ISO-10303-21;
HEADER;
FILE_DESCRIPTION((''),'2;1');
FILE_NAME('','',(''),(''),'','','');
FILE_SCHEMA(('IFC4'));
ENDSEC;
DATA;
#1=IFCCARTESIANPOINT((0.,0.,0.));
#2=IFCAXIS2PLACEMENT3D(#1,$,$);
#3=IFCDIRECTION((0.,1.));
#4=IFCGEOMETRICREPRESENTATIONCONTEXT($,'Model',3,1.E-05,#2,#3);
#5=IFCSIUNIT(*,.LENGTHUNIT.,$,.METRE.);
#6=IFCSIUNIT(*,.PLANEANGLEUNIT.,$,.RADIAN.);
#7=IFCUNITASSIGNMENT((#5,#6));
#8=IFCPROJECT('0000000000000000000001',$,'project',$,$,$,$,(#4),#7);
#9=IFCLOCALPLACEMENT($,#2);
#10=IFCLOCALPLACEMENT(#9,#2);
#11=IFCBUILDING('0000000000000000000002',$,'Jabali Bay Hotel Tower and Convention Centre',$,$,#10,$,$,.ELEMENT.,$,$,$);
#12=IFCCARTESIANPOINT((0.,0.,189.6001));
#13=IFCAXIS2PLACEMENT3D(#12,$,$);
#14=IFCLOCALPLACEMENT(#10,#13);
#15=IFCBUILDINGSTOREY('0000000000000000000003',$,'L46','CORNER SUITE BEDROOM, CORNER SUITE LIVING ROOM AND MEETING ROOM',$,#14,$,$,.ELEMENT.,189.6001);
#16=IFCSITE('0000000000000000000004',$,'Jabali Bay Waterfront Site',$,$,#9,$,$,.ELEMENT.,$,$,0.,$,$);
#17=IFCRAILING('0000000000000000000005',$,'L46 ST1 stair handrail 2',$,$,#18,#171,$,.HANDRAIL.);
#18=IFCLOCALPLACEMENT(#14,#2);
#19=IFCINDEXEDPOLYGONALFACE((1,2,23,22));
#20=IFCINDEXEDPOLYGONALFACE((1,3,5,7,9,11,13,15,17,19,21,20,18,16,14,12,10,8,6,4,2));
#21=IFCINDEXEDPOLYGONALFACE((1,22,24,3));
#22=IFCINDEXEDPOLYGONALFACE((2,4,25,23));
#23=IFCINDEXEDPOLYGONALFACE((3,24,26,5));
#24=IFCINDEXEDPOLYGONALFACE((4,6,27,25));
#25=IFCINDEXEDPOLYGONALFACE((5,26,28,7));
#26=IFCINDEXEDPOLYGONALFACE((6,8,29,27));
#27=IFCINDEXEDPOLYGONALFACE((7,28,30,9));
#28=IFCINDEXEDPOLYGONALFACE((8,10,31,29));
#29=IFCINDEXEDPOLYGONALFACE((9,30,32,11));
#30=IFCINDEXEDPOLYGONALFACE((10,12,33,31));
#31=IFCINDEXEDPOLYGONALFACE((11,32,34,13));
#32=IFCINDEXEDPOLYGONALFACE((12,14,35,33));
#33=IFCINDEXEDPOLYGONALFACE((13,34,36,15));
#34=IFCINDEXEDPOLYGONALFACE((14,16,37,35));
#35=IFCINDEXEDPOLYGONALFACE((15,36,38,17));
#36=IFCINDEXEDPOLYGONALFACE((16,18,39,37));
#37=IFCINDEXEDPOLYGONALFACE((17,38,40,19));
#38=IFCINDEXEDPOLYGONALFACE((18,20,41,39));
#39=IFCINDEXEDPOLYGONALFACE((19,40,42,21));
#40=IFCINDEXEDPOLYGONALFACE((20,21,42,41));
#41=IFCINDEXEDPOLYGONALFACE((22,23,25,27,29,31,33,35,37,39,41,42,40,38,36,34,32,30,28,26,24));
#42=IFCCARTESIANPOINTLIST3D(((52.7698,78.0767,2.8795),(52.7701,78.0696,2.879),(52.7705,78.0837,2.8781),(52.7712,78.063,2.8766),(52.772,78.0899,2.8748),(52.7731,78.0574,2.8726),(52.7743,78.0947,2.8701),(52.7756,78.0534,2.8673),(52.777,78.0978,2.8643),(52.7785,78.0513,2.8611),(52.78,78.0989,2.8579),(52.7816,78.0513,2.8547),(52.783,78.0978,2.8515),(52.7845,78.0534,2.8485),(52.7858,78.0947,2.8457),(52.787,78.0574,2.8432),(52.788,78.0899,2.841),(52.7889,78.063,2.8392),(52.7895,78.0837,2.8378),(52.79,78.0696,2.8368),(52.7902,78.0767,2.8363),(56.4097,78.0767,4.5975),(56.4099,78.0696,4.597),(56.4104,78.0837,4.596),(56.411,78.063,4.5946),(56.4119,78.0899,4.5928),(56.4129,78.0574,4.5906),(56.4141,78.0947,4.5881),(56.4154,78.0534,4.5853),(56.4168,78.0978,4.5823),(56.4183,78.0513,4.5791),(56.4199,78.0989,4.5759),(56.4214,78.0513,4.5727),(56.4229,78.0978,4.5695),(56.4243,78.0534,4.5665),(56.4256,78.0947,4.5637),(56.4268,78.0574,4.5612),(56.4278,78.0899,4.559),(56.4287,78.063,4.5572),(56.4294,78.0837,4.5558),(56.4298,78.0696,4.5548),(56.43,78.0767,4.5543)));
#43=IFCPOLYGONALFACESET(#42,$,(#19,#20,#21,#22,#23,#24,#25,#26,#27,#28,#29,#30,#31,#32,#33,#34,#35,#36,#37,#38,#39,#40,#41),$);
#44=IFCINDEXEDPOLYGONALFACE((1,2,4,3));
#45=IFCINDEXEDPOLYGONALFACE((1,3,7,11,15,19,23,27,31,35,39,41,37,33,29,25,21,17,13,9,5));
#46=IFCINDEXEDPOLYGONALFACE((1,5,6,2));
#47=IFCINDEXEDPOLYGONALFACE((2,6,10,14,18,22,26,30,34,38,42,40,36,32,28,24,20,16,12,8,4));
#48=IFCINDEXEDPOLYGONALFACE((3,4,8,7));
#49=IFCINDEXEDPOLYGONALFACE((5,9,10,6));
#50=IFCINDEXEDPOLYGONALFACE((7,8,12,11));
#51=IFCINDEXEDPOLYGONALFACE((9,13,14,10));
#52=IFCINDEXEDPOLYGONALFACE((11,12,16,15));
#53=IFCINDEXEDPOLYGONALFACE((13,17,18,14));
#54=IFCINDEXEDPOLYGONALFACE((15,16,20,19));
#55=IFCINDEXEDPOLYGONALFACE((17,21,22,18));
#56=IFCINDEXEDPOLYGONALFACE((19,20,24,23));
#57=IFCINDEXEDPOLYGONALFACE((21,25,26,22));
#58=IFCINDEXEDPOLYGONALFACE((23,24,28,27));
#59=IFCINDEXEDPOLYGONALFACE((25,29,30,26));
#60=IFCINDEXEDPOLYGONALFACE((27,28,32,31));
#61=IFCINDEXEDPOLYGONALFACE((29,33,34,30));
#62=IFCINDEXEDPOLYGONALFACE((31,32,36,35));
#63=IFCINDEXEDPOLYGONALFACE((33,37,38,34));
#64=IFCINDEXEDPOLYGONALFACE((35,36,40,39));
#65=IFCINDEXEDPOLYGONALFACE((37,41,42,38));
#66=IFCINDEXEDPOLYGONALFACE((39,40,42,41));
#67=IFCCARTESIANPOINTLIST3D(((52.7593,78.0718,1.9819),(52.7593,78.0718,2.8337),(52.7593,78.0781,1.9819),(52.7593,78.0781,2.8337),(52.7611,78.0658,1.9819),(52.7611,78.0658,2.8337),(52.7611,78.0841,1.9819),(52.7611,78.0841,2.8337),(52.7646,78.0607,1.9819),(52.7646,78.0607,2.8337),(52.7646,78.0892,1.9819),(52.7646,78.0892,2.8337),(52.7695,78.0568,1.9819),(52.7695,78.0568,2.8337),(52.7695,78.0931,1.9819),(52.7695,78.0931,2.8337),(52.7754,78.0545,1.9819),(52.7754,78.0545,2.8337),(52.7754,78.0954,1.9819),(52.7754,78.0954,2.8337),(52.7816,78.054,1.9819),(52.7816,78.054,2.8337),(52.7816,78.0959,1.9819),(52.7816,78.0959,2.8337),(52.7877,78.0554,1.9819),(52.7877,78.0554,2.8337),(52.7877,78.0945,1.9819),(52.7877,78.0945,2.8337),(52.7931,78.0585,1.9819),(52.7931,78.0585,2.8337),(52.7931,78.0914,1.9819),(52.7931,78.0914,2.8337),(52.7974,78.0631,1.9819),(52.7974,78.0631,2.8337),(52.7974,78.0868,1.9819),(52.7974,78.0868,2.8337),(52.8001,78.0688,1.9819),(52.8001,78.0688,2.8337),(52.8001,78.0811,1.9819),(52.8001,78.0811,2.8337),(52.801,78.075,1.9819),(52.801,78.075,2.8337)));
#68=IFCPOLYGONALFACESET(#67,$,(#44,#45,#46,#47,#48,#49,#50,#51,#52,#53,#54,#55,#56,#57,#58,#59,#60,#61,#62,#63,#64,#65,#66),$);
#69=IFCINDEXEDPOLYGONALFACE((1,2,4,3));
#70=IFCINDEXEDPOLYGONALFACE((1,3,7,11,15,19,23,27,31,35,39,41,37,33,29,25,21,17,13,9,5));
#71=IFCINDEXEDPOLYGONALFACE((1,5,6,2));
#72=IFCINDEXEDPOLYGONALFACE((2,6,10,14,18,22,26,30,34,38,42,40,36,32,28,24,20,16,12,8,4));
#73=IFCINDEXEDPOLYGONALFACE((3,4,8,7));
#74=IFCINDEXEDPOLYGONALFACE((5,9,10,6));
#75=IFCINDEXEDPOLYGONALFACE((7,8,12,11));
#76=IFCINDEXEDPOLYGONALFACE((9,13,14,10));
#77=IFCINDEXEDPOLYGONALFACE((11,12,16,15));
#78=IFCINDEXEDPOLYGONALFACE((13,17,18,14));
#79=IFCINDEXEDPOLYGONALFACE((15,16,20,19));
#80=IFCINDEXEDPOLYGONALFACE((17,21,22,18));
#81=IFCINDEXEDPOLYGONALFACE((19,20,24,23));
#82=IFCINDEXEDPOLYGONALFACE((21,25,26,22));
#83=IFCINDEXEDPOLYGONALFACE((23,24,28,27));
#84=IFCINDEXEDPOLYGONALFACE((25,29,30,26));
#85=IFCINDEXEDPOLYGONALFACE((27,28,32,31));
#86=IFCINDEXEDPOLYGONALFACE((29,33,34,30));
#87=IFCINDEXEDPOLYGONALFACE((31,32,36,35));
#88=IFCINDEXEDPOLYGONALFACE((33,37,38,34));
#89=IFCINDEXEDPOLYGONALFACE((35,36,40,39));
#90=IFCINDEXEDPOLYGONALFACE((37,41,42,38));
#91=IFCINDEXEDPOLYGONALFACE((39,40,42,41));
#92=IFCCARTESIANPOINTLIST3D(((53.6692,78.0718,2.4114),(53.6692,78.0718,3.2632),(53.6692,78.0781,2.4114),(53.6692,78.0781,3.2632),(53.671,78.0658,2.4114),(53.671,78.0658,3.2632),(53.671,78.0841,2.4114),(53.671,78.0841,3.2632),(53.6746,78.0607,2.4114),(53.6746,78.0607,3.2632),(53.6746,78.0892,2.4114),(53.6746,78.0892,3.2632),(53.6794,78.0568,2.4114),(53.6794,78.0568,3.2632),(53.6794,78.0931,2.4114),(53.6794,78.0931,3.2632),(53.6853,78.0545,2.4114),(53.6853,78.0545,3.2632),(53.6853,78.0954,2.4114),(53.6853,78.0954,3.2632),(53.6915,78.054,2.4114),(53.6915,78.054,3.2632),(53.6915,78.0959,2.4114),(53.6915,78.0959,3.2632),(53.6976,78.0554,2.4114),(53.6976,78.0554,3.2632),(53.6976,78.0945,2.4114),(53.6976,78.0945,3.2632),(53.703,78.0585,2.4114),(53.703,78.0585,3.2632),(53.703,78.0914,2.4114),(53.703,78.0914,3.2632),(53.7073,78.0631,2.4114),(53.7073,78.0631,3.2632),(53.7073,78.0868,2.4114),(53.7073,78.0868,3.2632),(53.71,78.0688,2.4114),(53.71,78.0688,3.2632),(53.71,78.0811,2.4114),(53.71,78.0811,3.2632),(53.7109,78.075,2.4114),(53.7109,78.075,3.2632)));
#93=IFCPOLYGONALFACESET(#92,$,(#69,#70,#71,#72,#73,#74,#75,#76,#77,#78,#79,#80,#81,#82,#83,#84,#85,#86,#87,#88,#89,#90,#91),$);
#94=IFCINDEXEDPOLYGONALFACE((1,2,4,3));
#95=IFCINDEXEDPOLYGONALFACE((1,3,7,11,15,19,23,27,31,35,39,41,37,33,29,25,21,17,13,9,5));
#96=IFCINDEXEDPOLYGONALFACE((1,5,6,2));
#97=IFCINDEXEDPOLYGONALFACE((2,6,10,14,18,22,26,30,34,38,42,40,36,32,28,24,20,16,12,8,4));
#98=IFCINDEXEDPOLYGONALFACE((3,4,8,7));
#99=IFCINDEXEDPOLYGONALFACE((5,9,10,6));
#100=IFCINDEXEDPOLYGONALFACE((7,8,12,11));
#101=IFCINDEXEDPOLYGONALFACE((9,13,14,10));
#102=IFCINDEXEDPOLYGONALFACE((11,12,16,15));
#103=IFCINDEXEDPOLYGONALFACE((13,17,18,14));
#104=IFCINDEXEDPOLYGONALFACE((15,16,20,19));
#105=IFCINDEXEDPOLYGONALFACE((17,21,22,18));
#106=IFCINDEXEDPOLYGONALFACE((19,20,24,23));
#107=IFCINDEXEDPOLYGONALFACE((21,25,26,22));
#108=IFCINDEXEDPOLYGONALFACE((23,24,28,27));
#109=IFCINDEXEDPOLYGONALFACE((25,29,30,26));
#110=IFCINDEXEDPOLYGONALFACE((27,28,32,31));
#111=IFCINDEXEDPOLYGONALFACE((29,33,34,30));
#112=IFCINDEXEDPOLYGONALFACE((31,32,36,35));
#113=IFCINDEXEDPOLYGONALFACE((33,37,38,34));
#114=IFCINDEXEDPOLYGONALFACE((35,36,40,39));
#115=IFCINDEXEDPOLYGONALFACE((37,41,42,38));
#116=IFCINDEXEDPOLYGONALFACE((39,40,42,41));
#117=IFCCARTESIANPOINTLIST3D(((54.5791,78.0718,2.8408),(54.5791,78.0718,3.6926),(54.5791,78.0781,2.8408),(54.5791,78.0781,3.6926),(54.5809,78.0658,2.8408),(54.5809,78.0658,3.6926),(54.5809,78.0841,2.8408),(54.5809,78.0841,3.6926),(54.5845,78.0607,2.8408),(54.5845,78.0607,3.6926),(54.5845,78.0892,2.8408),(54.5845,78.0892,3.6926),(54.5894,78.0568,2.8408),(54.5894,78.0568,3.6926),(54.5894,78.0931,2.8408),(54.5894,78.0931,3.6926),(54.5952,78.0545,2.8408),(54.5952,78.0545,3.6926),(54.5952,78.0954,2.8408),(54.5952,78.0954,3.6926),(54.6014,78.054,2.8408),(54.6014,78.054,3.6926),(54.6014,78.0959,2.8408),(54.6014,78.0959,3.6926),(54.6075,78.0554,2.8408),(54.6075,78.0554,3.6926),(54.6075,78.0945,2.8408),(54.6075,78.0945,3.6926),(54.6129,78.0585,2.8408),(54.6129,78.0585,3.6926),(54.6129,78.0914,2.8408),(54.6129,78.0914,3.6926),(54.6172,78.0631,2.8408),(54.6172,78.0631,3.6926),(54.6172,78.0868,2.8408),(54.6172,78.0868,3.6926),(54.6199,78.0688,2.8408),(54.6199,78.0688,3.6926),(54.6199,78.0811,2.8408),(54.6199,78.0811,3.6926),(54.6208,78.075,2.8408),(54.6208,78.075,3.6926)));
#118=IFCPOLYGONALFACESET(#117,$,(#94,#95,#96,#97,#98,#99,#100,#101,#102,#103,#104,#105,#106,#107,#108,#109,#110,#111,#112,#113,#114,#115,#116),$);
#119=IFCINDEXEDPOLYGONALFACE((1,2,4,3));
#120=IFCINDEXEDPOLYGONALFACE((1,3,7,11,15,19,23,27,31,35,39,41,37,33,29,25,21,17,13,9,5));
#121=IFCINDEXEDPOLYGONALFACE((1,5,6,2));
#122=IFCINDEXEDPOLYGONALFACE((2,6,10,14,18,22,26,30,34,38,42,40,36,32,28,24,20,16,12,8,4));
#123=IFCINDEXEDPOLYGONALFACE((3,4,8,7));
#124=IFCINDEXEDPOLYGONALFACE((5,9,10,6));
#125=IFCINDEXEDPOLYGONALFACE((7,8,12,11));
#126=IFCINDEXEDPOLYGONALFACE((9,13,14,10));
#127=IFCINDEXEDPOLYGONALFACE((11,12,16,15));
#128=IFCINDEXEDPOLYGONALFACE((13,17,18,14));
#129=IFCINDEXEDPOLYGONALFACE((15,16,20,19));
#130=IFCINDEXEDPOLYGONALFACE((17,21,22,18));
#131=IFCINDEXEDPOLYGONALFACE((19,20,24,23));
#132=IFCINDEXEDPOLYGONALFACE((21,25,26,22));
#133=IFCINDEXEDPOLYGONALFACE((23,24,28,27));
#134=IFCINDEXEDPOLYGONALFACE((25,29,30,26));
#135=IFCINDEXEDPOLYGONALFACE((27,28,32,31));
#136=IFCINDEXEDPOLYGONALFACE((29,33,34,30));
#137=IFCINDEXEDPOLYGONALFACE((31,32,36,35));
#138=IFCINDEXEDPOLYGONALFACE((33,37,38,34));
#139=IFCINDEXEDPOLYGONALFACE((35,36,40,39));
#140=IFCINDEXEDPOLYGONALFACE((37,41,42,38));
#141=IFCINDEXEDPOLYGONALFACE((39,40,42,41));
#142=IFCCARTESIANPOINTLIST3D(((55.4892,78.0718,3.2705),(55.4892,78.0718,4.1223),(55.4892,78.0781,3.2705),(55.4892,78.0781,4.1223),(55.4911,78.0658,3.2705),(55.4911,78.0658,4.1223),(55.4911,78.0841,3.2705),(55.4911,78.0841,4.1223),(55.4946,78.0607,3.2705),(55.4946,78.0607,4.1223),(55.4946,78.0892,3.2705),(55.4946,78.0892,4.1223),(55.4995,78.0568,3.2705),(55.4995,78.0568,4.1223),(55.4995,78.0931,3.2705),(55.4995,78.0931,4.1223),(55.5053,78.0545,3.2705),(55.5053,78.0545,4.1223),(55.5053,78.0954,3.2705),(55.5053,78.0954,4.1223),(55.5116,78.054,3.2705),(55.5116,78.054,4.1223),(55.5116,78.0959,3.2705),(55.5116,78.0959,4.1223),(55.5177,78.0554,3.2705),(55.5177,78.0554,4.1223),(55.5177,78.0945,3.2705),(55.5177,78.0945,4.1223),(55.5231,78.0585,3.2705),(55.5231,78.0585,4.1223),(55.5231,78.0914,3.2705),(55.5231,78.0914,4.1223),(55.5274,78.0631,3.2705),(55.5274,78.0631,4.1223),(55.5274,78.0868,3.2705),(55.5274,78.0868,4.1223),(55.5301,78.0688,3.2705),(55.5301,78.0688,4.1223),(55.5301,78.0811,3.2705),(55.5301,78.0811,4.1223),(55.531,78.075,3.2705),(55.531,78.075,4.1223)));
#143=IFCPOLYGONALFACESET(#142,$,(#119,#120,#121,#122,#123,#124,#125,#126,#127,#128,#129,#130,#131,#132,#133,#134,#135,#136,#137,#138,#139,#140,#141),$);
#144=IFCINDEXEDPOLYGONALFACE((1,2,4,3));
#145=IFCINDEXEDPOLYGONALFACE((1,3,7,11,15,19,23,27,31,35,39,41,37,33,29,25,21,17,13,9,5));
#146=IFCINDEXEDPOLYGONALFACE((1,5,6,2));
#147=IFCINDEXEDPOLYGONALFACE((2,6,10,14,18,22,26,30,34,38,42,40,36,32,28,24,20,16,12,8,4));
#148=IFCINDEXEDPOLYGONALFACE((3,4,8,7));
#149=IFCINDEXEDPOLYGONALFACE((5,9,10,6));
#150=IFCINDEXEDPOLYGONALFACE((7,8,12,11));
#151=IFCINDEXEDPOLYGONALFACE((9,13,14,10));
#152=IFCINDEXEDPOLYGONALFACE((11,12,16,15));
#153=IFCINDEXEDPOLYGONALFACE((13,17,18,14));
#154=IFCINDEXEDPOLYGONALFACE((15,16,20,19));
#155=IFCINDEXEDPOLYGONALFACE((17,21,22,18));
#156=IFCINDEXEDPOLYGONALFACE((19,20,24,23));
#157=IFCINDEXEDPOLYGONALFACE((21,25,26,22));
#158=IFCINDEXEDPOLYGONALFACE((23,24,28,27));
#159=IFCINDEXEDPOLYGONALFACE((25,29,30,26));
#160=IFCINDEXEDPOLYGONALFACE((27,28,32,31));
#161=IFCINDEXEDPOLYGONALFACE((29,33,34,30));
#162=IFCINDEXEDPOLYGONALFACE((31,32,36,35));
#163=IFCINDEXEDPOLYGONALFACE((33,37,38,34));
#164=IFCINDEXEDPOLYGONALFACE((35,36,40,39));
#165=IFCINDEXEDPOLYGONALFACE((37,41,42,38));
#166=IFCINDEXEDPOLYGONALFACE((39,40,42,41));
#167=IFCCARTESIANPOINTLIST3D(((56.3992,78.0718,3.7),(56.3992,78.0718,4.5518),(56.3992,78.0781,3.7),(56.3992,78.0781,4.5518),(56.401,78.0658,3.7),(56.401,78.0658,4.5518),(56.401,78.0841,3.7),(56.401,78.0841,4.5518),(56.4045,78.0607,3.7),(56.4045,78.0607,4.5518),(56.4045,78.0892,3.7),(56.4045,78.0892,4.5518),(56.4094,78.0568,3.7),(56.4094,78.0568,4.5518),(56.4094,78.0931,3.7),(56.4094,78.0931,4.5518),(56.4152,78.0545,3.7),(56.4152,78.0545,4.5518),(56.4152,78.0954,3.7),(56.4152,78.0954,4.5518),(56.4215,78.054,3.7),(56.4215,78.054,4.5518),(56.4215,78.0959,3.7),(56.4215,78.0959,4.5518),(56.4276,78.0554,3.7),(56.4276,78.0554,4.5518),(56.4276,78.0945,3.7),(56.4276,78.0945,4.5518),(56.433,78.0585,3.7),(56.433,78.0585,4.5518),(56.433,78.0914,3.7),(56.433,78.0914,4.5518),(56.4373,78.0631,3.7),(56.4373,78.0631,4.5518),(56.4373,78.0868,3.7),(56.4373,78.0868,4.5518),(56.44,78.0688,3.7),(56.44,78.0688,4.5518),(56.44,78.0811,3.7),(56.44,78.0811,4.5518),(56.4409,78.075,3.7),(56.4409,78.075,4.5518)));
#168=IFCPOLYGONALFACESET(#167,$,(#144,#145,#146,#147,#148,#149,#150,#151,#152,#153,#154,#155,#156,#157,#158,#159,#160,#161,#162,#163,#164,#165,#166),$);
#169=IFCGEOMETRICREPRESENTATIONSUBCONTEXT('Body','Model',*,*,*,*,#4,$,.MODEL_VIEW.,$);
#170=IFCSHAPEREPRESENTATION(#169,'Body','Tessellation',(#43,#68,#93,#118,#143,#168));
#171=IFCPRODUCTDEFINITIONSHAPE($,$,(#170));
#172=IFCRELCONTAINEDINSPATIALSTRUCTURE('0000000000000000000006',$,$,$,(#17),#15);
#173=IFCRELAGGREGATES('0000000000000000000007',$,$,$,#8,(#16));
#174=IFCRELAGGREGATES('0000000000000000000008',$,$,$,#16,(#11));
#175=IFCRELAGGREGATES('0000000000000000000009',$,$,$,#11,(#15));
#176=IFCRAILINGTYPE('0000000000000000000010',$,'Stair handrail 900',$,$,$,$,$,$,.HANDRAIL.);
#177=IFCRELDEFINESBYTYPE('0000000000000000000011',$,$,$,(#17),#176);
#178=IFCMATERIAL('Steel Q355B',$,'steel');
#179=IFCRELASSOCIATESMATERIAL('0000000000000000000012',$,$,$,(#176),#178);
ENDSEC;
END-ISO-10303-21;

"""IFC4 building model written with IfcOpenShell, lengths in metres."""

from ifc_helpers import new_model, si_unit, direction, frame, origin, origin_2d, place, context, subcontext, project, spatial, circle, extrude, material, type_object, element, save


model = new_model("IFC4")

# Units and contexts
model_context = context("Model", 3, precision=1e-05, world=origin(), true_north=direction((0.0, 1.0)))
body_context = subcontext(model_context, "Body", "Model", "MODEL_VIEW")
ifc_project = project(units=[si_unit("LENGTHUNIT", "METRE"), si_unit("PLANEANGLEUNIT", "RADIAN")], contexts=[model_context])

# Site, building, storey
site_placement = place(None, origin())
site = spatial("IfcSite", under=ifc_project, at=site_placement, Name="Jabali Bay Waterfront Site", CompositionType="ELEMENT", RefElevation=0.0)
building_placement = place(site_placement, origin())
building = spatial("IfcBuilding", under=site, at=building_placement, Name="Jabali Bay Hotel Tower and Convention Centre", CompositionType="ELEMENT")
storey_placement = place(building_placement, frame((0.0, 0.0, 189.6001)))
storey = spatial("IfcBuildingStorey", under=building, at=storey_placement, Name="L46", Description="CORNER SUITE BEDROOM, CORNER SUITE LIVING ROOM AND MEETING ROOM", CompositionType="ELEMENT", Elevation=189.6001)

# Railing
ifc_material_1 = material(Name="Steel Q355B", Category="steel")
railing_type = type_object("IfcRailingType", Name="Stair handrail 900", PredefinedType="HANDRAIL", material=ifc_material_1)
railing_placement = place(storey_placement, frame((52.78, 78.075, 1.9819)))
element("IfcRailing", 1, at=railing_placement, inside=storey, type_object=railing_type, Name="L46 ST1 stair handrail 2", PredefinedType="HANDRAIL", context=body_context, shape_type="SweptSolid", body=[
    extrude(circle(Radius=0.0239, at=origin_2d()), frame((0.0, 0.0, 0.876), z_axis=(0.904327, 0.0, 0.42684), x_axis=(0.0, 1.0, 0.0)), (0.0, 0.0, 1.0), 4.0249),
    extrude(circle(Radius=0.021, at=origin_2d()), origin(), (0.0, 0.0, 1.0), 0.8518),
    extrude(circle(Radius=0.021, at=origin_2d()), frame((0.9099, 0.0, 0.4294)), (0.0, 0.0, 1.0), 0.8518),
    extrude(circle(Radius=0.021, at=origin_2d()), frame((1.8198, 0.0, 0.8589)), (0.0, 0.0, 1.0), 0.8518),
    extrude(circle(Radius=0.021, at=origin_2d()), frame((2.73, 0.0, 1.2886)), (0.0, 0.0, 1.0), 0.8518),
    extrude(circle(Radius=0.021, at=origin_2d()), frame((3.6399, 0.0, 1.718)), (0.0, 0.0, 1.0), 0.8518),
])

save(model, "model.ifc")
